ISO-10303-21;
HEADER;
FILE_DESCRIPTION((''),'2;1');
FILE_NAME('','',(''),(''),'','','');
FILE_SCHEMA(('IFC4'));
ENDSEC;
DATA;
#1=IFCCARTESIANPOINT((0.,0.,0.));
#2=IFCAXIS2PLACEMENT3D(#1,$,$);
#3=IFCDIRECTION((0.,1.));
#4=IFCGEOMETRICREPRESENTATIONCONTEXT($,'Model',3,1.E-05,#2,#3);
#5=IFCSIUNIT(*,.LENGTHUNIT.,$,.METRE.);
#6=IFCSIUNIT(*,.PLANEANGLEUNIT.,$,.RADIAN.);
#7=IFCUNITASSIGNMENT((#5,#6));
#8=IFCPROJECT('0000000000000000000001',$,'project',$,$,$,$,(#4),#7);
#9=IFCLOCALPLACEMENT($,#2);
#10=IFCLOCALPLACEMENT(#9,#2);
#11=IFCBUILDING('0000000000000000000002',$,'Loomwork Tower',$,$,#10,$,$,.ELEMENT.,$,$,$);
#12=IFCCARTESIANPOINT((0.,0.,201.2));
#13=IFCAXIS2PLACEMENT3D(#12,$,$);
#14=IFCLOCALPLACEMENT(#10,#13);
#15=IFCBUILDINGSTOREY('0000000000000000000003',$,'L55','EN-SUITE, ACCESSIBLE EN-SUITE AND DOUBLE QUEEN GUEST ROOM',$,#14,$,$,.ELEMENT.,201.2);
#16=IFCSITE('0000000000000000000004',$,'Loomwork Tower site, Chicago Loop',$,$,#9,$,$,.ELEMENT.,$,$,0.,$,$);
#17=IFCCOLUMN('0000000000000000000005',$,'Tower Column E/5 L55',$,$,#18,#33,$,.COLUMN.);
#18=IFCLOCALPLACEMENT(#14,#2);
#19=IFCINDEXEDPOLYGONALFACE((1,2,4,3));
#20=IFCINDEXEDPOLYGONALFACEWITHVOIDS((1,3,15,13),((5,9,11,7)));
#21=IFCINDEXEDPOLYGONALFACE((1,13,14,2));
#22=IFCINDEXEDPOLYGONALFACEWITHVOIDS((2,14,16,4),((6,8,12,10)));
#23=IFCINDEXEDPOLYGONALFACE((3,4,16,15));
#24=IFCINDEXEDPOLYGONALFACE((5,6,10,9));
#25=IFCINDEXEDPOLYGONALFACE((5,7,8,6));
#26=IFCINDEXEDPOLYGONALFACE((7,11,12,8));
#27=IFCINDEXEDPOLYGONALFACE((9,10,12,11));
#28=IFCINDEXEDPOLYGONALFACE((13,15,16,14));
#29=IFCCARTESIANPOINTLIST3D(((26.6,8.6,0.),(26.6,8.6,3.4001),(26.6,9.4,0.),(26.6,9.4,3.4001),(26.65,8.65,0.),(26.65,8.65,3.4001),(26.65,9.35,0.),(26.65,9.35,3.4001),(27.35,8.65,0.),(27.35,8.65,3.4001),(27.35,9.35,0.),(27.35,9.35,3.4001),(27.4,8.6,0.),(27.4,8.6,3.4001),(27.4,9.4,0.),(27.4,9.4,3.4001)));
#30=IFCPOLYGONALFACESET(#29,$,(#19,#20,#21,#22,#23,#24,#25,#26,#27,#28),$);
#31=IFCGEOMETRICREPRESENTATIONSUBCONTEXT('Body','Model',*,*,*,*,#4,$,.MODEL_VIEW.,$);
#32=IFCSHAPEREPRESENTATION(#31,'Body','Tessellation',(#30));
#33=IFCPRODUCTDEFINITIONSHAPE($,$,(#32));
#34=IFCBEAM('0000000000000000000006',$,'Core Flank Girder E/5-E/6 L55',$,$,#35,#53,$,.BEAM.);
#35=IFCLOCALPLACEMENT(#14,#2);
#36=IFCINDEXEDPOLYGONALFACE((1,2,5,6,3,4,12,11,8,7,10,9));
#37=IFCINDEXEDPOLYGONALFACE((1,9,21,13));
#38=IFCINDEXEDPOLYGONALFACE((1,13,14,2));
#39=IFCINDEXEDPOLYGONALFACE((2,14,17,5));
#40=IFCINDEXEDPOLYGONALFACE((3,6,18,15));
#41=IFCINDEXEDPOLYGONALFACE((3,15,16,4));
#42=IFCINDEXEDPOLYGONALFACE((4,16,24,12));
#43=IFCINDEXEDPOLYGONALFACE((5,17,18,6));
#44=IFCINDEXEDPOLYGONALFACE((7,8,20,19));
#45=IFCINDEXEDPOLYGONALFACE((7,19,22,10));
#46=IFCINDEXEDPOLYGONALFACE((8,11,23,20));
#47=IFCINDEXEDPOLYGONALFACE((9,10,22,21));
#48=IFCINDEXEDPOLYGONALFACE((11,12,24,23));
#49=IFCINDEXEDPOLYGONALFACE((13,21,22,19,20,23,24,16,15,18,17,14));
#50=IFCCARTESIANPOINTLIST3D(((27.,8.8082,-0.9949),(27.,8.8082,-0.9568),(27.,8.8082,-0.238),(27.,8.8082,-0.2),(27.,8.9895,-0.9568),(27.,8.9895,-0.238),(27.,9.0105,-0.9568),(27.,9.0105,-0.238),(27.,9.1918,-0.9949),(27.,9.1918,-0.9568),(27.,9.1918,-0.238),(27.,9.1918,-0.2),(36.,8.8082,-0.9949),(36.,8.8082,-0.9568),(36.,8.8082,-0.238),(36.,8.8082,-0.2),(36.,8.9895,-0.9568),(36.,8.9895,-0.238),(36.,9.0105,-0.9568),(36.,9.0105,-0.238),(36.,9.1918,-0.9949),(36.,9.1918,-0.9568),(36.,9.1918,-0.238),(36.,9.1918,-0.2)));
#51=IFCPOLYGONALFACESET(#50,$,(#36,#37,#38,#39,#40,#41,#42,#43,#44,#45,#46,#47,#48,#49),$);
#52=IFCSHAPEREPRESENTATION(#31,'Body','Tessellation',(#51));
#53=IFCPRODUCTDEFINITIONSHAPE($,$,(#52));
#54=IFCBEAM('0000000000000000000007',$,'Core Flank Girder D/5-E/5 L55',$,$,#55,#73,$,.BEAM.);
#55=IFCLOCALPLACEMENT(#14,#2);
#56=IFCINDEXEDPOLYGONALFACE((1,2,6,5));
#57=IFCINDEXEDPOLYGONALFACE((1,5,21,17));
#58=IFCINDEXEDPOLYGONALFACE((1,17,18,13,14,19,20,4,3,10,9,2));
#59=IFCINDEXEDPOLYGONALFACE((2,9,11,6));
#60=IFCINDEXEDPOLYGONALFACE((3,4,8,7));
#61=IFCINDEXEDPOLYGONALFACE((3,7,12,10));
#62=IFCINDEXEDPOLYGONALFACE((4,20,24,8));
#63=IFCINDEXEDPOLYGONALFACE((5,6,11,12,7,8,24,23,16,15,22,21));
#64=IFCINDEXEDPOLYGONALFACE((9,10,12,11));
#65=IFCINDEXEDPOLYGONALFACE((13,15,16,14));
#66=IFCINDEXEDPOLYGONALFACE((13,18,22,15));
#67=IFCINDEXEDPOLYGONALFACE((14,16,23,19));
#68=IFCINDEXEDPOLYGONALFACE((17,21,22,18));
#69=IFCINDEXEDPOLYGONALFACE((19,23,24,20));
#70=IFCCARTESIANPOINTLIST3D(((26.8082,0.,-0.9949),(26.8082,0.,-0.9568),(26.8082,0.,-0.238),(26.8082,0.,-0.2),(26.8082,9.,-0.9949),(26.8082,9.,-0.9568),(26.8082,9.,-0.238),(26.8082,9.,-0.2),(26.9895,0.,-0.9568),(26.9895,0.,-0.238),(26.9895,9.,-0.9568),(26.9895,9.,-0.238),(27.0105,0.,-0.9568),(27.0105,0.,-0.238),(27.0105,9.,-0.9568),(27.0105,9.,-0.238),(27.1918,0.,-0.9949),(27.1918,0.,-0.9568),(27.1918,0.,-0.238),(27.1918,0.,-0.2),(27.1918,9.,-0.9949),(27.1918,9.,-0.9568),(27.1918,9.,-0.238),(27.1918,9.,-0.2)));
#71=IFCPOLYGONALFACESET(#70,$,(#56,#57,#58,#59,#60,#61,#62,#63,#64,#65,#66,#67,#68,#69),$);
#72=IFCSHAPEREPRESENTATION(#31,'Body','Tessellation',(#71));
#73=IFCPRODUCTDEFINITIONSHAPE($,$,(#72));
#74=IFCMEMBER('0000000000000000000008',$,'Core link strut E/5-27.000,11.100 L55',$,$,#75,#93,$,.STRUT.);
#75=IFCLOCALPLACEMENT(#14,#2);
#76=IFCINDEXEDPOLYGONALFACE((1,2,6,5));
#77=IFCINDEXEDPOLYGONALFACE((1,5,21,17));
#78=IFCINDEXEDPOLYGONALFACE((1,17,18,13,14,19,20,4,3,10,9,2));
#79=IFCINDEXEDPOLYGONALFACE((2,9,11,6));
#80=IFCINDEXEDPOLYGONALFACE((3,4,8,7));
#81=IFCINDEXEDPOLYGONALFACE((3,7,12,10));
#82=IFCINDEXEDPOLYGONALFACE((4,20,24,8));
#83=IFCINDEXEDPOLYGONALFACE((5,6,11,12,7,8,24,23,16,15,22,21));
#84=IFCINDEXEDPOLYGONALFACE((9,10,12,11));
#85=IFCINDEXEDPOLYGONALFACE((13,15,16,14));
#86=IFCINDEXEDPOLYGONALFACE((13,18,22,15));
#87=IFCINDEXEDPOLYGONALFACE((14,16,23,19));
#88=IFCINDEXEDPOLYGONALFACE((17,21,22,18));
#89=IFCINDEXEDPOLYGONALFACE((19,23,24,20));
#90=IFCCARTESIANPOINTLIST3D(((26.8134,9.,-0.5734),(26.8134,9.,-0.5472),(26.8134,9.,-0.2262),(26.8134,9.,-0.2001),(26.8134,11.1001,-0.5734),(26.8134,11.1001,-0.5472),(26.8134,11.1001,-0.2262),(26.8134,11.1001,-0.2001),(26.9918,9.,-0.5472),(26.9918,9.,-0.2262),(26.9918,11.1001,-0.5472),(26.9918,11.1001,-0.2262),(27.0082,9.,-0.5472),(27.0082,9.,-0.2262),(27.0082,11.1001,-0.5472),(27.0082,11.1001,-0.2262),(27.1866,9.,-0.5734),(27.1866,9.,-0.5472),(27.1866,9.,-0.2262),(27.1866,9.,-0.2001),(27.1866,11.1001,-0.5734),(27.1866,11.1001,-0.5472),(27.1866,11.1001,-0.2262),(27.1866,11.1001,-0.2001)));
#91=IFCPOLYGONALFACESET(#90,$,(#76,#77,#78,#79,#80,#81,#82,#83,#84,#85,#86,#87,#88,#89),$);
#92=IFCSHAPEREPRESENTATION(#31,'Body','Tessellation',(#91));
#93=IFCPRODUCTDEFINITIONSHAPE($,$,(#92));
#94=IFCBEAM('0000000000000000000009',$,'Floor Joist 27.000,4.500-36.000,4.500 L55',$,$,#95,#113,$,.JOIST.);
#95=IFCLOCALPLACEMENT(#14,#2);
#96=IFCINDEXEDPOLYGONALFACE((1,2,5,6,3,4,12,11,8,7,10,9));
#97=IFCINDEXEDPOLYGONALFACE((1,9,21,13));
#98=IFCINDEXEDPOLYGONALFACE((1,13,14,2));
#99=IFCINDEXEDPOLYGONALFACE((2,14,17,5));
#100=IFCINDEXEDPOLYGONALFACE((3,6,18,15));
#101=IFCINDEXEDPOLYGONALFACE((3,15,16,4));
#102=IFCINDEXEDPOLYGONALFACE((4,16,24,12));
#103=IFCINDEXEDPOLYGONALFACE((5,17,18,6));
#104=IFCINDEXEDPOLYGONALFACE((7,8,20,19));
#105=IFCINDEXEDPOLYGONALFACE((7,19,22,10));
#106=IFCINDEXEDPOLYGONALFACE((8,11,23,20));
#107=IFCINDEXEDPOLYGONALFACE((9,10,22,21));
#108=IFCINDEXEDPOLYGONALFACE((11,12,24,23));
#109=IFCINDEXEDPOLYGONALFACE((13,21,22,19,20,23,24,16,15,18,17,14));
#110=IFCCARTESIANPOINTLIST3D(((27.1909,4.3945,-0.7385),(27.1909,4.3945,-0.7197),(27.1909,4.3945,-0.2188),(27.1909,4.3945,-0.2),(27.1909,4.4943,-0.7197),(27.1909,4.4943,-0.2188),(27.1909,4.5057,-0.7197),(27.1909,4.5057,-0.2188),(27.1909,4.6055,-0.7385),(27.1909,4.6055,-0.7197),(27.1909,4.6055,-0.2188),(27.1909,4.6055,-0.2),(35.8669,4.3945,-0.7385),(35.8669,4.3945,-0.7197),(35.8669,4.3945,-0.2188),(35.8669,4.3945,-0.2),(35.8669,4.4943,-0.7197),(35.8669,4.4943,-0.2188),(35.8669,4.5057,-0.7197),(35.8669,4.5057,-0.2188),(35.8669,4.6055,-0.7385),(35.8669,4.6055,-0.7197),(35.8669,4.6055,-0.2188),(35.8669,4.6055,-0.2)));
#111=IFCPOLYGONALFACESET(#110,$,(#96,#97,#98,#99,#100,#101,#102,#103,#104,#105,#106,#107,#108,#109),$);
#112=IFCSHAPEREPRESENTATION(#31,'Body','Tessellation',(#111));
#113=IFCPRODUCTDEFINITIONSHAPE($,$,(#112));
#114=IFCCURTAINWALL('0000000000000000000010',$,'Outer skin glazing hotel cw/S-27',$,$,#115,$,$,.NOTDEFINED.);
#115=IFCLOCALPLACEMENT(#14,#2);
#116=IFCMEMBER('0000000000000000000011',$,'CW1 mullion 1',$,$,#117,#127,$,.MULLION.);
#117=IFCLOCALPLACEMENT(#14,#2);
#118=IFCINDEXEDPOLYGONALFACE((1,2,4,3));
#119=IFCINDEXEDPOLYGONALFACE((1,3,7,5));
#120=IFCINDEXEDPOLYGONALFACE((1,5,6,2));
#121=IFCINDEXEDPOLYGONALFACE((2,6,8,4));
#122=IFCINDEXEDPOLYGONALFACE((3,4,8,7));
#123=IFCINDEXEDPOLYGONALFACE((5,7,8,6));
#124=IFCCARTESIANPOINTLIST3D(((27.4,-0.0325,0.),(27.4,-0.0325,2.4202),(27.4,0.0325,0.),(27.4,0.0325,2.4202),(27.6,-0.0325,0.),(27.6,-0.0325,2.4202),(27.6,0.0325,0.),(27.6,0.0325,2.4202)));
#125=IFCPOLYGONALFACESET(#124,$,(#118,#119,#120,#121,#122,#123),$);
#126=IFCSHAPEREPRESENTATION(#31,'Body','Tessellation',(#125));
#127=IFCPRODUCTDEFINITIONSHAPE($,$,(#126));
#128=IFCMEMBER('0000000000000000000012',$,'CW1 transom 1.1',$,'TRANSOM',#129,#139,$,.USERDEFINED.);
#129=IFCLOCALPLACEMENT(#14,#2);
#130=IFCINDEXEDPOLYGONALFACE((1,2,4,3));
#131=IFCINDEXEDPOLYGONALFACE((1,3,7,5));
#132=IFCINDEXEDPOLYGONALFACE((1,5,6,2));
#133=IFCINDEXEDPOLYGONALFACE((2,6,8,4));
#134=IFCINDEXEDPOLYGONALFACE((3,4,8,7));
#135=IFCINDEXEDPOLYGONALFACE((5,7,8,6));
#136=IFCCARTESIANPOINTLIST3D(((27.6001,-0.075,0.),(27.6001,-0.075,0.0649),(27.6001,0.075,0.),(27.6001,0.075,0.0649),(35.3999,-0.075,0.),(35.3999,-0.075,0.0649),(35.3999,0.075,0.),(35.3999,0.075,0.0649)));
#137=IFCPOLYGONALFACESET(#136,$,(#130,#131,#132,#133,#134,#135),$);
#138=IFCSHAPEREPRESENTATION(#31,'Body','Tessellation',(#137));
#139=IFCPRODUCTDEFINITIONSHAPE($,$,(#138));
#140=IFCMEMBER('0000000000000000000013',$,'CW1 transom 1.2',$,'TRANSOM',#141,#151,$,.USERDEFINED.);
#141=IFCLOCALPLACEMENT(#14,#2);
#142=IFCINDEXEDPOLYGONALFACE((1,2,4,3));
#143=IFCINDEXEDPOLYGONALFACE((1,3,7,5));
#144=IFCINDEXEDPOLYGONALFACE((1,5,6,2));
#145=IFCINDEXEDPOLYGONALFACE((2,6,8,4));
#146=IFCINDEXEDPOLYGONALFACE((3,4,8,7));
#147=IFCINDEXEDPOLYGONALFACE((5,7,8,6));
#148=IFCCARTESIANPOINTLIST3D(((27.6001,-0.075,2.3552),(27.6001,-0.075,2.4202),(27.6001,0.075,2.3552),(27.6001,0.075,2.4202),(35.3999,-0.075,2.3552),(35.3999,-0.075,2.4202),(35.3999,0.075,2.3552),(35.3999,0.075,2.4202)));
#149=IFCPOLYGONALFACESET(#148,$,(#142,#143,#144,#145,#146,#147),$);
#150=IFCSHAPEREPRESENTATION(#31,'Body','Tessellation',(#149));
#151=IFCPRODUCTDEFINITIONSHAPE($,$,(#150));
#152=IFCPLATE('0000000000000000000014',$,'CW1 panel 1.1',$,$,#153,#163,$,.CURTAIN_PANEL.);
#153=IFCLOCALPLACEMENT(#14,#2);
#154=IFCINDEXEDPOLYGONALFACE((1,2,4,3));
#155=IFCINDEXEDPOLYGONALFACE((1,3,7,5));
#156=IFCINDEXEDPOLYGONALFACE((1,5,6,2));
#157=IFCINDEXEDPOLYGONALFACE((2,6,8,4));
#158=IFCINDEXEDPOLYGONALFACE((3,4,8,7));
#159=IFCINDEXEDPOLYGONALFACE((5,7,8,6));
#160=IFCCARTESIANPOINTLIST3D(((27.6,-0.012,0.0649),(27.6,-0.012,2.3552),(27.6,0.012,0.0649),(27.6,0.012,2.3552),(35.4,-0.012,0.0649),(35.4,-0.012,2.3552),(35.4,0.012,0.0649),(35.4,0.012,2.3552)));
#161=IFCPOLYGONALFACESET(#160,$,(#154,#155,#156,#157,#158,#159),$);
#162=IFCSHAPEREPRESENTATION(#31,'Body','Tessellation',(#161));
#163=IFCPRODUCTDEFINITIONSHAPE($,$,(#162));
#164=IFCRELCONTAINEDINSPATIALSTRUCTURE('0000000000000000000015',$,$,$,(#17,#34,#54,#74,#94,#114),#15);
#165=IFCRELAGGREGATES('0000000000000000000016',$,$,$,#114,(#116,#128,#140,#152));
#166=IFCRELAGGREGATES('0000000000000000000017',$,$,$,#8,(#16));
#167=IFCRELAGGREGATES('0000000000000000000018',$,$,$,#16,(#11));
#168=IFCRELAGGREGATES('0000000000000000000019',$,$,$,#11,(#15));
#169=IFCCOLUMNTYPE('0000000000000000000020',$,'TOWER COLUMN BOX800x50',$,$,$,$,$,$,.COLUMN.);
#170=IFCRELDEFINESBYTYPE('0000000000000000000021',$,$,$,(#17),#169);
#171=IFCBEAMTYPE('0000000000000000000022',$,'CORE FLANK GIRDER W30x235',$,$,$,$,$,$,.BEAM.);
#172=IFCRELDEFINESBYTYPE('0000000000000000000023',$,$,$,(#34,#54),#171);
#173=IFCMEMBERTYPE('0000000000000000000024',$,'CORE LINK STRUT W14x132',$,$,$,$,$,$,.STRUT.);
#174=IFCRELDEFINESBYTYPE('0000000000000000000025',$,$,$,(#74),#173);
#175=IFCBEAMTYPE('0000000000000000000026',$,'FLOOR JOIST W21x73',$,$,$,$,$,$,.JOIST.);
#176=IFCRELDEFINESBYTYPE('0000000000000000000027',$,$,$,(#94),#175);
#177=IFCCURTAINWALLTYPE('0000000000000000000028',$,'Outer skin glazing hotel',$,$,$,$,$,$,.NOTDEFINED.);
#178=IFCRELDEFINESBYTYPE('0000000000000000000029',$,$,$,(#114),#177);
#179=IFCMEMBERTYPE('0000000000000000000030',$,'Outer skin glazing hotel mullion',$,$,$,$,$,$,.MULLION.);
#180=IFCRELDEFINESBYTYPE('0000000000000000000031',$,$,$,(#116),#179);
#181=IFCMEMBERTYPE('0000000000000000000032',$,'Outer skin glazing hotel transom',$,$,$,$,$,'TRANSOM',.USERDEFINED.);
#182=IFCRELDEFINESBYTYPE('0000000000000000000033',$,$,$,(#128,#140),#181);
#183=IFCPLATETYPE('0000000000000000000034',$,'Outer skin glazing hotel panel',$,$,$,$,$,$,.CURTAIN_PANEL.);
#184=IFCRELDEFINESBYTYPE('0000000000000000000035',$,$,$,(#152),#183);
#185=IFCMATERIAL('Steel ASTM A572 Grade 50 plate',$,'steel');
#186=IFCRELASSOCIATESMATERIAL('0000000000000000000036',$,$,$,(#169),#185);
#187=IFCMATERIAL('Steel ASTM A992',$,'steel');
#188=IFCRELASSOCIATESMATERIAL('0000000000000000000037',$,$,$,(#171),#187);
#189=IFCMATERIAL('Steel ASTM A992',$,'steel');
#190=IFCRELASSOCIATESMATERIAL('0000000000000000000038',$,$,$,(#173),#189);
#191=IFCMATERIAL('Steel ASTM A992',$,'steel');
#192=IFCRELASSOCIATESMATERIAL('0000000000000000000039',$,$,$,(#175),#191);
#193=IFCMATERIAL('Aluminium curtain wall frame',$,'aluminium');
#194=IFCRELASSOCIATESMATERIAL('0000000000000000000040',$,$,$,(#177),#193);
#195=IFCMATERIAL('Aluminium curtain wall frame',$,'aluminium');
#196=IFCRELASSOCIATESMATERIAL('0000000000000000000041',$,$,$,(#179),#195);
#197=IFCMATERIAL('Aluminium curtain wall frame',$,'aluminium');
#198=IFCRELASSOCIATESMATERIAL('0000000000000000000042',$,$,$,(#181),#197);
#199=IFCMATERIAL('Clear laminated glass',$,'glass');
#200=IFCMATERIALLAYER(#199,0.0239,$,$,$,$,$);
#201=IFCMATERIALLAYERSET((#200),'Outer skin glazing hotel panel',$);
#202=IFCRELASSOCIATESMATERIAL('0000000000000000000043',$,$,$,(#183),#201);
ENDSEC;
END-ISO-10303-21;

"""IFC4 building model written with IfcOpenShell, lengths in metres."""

from ifc_helpers import new_model, si_unit, direction, frame, origin, origin_2d, place, context, subcontext, project, spatial, rectangle, hollow_rectangle, i_section, extrude, material, layer, layer_set, material_profile, profile_set, type_object, element, aggregate, save


model = new_model("IFC4")

# Units and contexts
model_context = context("Model", 3, precision=1e-05, world=origin(), true_north=direction((0.0, 1.0)))
body_context = subcontext(model_context, "Body", "Model", "MODEL_VIEW")
ifc_project = project(units=[si_unit("LENGTHUNIT", "METRE"), si_unit("PLANEANGLEUNIT", "RADIAN")], contexts=[model_context])

# Site, building, storey
site_placement = place(None, origin())
site = spatial("IfcSite", under=ifc_project, at=site_placement, Name="Loomwork Tower site, Chicago Loop", CompositionType="ELEMENT", RefElevation=0.0)
building_placement = place(site_placement, origin())
building = spatial("IfcBuilding", under=site, at=building_placement, Name="Loomwork Tower", CompositionType="ELEMENT")
storey_placement = place(building_placement, frame((0.0, 0.0, 201.2)))
storey = spatial("IfcBuildingStorey", under=building, at=storey_placement, Name="L55", Description="EN-SUITE, ACCESSIBLE EN-SUITE AND DOUBLE QUEEN GUEST ROOM", CompositionType="ELEMENT", Elevation=201.2)

# Column
ifc_material_1 = material(Name="Steel ASTM A572 Grade 50 plate", Category="steel")
ifc_material_profile_1 = material_profile(ifc_material_1, hollow_rectangle(XDim=0.8, YDim=0.8, WallThickness=0.05, at=origin_2d()), Name="BOX800x50")
ifc_profile_set_1 = profile_set([ifc_material_profile_1], Name="Steel ASTM A572 Grade 50 plate")
column_type = type_object("IfcColumnType", Name="TOWER COLUMN BOX800x50", PredefinedType="COLUMN", material=ifc_profile_set_1)
column_placement = place(storey_placement, frame((27.0, 9.0, 0.0), z_axis=(0.0, 0.0, 1.0), x_axis=(1.0, 0.0, 0.0)))
element("IfcColumn", 1, at=column_placement, inside=storey, type_object=column_type, Name="Tower Column E/5 L55", PredefinedType="COLUMN", context=body_context, shape_type="SweptSolid", body=[
    extrude(hollow_rectangle(XDim=0.8, YDim=0.8, WallThickness=0.05, at=origin_2d()), origin(), (0.0, 0.0, 1.0), 3.4001),
])

# Beams
ifc_material_2 = material(Name="Steel ASTM A992", Category="steel")
ifc_material_profile_2 = material_profile(ifc_material_2, i_section(OverallWidth=0.3835, OverallDepth=0.7949, WebThickness=0.021, FlangeThickness=0.0381, at=origin_2d()), Name="W30x235")
ifc_profile_set_2 = profile_set([ifc_material_profile_2], Name="Steel ASTM A992")
beam_type_1 = type_object("IfcBeamType", Name="CORE FLANK GIRDER W30x235", PredefinedType="BEAM", material=ifc_profile_set_2)
for number, where, z_axis, x_axis, name in (
    (2, (27.0, 9.0, -0.5974), (1.0, 0.0, 0.0), (0.0, 1.0, 0.0), "Core Flank Girder E/5-E/6 L55"),
    (3, (27.0, 0.0, -0.5974), (0.0, 1.0, 0.0), (-1.0, 0.0, 0.0), "Core Flank Girder D/5-E/5 L55"),
):
    element("IfcBeam", number, at=place(storey_placement, frame(where, z_axis=z_axis, x_axis=x_axis)), inside=storey, type_object=beam_type_1, Name=name, PredefinedType="BEAM", context=body_context, shape_type="SweptSolid", body=[
        extrude(i_section(OverallWidth=0.3835, OverallDepth=0.7949, WebThickness=0.021, FlangeThickness=0.0381, at=origin_2d()), origin(), (0.0, 0.0, 1.0), 9.0),
    ])

# Member
ifc_material_3 = material(Name="Steel ASTM A992", Category="steel")
ifc_material_profile_3 = material_profile(ifc_material_3, i_section(OverallWidth=0.3733, OverallDepth=0.3733, WebThickness=0.0164, FlangeThickness=0.0261, at=origin_2d()), Name="W14x132")
ifc_profile_set_3 = profile_set([ifc_material_profile_3], Name="Steel ASTM A992")
member_type_1 = type_object("IfcMemberType", Name="CORE LINK STRUT W14x132", PredefinedType="STRUT", material=ifc_profile_set_3)
member_1_placement = place(storey_placement, frame((27.0, 9.0, -0.3867), z_axis=(0.0, 1.0, 0.0), x_axis=(-1.0, 0.0, 0.0)))
element("IfcMember", 4, at=member_1_placement, inside=storey, type_object=member_type_1, Name="Core link strut E/5-27.000,11.100 L55", PredefinedType="STRUT", context=body_context, shape_type="SweptSolid", body=[
    extrude(i_section(OverallWidth=0.3733, OverallDepth=0.3733, WebThickness=0.0164, FlangeThickness=0.0261, at=origin_2d()), origin(), (0.0, 0.0, 1.0), 2.1001),
])

# Beam
ifc_material_4 = material(Name="Steel ASTM A992", Category="steel")
ifc_material_profile_4 = material_profile(ifc_material_4, i_section(OverallWidth=0.2109, OverallDepth=0.5386, WebThickness=0.0115, FlangeThickness=0.0188, at=origin_2d()), Name="W21x73")
ifc_profile_set_4 = profile_set([ifc_material_profile_4], Name="Steel ASTM A992")
beam_type_2 = type_object("IfcBeamType", Name="FLOOR JOIST W21x73", PredefinedType="JOIST", material=ifc_profile_set_4)
beam_placement = place(storey_placement, frame((27.1909, 4.5, -0.4692), z_axis=(1.0, 0.0, 0.0), x_axis=(0.0, 1.0, 0.0)))
element("IfcBeam", 5, at=beam_placement, inside=storey, type_object=beam_type_2, Name="Floor Joist 27.000,4.500-36.000,4.500 L55", PredefinedType="JOIST", context=body_context, shape_type="SweptSolid", body=[
    extrude(i_section(OverallWidth=0.2109, OverallDepth=0.5386, WebThickness=0.0115, FlangeThickness=0.0188, at=origin_2d()), origin(), (0.0, 0.0, 1.0), 8.676),
])

# Curtain wall, members, plate
ifc_material_5 = material(Name="Aluminium curtain wall frame", Category="aluminium")
curtain_wall_type = type_object("IfcCurtainWallType", Name="Outer skin glazing hotel", PredefinedType="NOTDEFINED", material=ifc_material_5)
curtain_wall_placement = place(storey_placement, origin())
curtain_wall = element("IfcCurtainWall", 6, at=curtain_wall_placement, inside=storey, type_object=curtain_wall_type, Name="Outer skin glazing hotel cw/S-27", PredefinedType="NOTDEFINED")
ifc_material_6 = material(Name="Aluminium curtain wall frame", Category="aluminium")
ifc_material_profile_5 = material_profile(ifc_material_6, rectangle(XDim=0.0649, YDim=0.2, at=origin_2d()), Name="AL 65x200")
ifc_profile_set_5 = profile_set([ifc_material_profile_5], Name="Aluminium curtain wall frame")
member_type_2 = type_object("IfcMemberType", Name="Outer skin glazing hotel mullion", PredefinedType="MULLION", material=ifc_profile_set_5)
member_2_placement = place(storey_placement, frame((27.5, 0.0, 0.0), z_axis=(0.0, 0.0, 1.0), x_axis=(0.0, 1.0, 0.0)))
member_2 = element("IfcMember", 7, at=member_2_placement, type_object=member_type_2, Name="CW1 mullion 1", PredefinedType="MULLION", context=body_context, shape_type="SweptSolid", body=[
    extrude(rectangle(XDim=0.0649, YDim=0.2, at=origin_2d()), origin(), (0.0, 0.0, 1.0), 2.4202),
])
ifc_material_7 = material(Name="Aluminium curtain wall frame", Category="aluminium")
ifc_material_profile_6 = material_profile(ifc_material_7, rectangle(XDim=0.1499, YDim=0.0649, at=origin_2d()), Name="AL 65x150")
ifc_profile_set_6 = profile_set([ifc_material_profile_6], Name="Aluminium curtain wall frame")
member_type_3 = type_object("IfcMemberType", Name="Outer skin glazing hotel transom", ElementType="TRANSOM", PredefinedType="USERDEFINED", material=ifc_profile_set_6)
member_3_placement = place(storey_placement, frame((27.6001, 0.0, 0.0325), z_axis=(1.0, 0.0, 0.0), x_axis=(0.0, 1.0, 0.0)))
member_3 = element("IfcMember", 8, at=member_3_placement, type_object=member_type_3, Name="CW1 transom 1.1", ObjectType="TRANSOM", PredefinedType="USERDEFINED", context=body_context, shape_type="SweptSolid", body=[
    extrude(rectangle(XDim=0.1499, YDim=0.0649, at=origin_2d()), origin(), (0.0, 0.0, 1.0), 7.7998),
])
member_4_placement = place(storey_placement, frame((27.6001, 0.0, 2.3877), z_axis=(1.0, 0.0, 0.0), x_axis=(0.0, 1.0, 0.0)))
member_4 = element("IfcMember", 9, at=member_4_placement, type_object=member_type_3, Name="CW1 transom 1.2", ObjectType="TRANSOM", PredefinedType="USERDEFINED", context=body_context, shape_type="SweptSolid", body=[
    extrude(rectangle(XDim=0.1499, YDim=0.0649, at=origin_2d()), origin(), (0.0, 0.0, 1.0), 7.7998),
])
ifc_material_8 = material(Name="Clear laminated glass", Category="glass")
ifc_layer_1 = layer(ifc_material_8, 0.0239)
ifc_layer_set_1 = layer_set([ifc_layer_1], Name="Outer skin glazing hotel panel")
plate_type = type_object("IfcPlateType", Name="Outer skin glazing hotel panel", PredefinedType="CURTAIN_PANEL", material=ifc_layer_set_1)
plate_placement = place(storey_placement, frame((31.5, 0.0, 0.0649), z_axis=(0.0, 0.0, 1.0), x_axis=(1.0, 0.0, 0.0)))
plate = element("IfcPlate", 10, at=plate_placement, type_object=plate_type, Name="CW1 panel 1.1", PredefinedType="CURTAIN_PANEL", context=body_context, shape_type="SweptSolid", body=[
    extrude(rectangle(XDim=7.8, YDim=0.0239, at=origin_2d()), origin(), (0.0, 0.0, 1.0), 2.2903),
])
aggregate(curtain_wall, [member_2, member_3, member_4, plate])

save(model, "model.ifc")
